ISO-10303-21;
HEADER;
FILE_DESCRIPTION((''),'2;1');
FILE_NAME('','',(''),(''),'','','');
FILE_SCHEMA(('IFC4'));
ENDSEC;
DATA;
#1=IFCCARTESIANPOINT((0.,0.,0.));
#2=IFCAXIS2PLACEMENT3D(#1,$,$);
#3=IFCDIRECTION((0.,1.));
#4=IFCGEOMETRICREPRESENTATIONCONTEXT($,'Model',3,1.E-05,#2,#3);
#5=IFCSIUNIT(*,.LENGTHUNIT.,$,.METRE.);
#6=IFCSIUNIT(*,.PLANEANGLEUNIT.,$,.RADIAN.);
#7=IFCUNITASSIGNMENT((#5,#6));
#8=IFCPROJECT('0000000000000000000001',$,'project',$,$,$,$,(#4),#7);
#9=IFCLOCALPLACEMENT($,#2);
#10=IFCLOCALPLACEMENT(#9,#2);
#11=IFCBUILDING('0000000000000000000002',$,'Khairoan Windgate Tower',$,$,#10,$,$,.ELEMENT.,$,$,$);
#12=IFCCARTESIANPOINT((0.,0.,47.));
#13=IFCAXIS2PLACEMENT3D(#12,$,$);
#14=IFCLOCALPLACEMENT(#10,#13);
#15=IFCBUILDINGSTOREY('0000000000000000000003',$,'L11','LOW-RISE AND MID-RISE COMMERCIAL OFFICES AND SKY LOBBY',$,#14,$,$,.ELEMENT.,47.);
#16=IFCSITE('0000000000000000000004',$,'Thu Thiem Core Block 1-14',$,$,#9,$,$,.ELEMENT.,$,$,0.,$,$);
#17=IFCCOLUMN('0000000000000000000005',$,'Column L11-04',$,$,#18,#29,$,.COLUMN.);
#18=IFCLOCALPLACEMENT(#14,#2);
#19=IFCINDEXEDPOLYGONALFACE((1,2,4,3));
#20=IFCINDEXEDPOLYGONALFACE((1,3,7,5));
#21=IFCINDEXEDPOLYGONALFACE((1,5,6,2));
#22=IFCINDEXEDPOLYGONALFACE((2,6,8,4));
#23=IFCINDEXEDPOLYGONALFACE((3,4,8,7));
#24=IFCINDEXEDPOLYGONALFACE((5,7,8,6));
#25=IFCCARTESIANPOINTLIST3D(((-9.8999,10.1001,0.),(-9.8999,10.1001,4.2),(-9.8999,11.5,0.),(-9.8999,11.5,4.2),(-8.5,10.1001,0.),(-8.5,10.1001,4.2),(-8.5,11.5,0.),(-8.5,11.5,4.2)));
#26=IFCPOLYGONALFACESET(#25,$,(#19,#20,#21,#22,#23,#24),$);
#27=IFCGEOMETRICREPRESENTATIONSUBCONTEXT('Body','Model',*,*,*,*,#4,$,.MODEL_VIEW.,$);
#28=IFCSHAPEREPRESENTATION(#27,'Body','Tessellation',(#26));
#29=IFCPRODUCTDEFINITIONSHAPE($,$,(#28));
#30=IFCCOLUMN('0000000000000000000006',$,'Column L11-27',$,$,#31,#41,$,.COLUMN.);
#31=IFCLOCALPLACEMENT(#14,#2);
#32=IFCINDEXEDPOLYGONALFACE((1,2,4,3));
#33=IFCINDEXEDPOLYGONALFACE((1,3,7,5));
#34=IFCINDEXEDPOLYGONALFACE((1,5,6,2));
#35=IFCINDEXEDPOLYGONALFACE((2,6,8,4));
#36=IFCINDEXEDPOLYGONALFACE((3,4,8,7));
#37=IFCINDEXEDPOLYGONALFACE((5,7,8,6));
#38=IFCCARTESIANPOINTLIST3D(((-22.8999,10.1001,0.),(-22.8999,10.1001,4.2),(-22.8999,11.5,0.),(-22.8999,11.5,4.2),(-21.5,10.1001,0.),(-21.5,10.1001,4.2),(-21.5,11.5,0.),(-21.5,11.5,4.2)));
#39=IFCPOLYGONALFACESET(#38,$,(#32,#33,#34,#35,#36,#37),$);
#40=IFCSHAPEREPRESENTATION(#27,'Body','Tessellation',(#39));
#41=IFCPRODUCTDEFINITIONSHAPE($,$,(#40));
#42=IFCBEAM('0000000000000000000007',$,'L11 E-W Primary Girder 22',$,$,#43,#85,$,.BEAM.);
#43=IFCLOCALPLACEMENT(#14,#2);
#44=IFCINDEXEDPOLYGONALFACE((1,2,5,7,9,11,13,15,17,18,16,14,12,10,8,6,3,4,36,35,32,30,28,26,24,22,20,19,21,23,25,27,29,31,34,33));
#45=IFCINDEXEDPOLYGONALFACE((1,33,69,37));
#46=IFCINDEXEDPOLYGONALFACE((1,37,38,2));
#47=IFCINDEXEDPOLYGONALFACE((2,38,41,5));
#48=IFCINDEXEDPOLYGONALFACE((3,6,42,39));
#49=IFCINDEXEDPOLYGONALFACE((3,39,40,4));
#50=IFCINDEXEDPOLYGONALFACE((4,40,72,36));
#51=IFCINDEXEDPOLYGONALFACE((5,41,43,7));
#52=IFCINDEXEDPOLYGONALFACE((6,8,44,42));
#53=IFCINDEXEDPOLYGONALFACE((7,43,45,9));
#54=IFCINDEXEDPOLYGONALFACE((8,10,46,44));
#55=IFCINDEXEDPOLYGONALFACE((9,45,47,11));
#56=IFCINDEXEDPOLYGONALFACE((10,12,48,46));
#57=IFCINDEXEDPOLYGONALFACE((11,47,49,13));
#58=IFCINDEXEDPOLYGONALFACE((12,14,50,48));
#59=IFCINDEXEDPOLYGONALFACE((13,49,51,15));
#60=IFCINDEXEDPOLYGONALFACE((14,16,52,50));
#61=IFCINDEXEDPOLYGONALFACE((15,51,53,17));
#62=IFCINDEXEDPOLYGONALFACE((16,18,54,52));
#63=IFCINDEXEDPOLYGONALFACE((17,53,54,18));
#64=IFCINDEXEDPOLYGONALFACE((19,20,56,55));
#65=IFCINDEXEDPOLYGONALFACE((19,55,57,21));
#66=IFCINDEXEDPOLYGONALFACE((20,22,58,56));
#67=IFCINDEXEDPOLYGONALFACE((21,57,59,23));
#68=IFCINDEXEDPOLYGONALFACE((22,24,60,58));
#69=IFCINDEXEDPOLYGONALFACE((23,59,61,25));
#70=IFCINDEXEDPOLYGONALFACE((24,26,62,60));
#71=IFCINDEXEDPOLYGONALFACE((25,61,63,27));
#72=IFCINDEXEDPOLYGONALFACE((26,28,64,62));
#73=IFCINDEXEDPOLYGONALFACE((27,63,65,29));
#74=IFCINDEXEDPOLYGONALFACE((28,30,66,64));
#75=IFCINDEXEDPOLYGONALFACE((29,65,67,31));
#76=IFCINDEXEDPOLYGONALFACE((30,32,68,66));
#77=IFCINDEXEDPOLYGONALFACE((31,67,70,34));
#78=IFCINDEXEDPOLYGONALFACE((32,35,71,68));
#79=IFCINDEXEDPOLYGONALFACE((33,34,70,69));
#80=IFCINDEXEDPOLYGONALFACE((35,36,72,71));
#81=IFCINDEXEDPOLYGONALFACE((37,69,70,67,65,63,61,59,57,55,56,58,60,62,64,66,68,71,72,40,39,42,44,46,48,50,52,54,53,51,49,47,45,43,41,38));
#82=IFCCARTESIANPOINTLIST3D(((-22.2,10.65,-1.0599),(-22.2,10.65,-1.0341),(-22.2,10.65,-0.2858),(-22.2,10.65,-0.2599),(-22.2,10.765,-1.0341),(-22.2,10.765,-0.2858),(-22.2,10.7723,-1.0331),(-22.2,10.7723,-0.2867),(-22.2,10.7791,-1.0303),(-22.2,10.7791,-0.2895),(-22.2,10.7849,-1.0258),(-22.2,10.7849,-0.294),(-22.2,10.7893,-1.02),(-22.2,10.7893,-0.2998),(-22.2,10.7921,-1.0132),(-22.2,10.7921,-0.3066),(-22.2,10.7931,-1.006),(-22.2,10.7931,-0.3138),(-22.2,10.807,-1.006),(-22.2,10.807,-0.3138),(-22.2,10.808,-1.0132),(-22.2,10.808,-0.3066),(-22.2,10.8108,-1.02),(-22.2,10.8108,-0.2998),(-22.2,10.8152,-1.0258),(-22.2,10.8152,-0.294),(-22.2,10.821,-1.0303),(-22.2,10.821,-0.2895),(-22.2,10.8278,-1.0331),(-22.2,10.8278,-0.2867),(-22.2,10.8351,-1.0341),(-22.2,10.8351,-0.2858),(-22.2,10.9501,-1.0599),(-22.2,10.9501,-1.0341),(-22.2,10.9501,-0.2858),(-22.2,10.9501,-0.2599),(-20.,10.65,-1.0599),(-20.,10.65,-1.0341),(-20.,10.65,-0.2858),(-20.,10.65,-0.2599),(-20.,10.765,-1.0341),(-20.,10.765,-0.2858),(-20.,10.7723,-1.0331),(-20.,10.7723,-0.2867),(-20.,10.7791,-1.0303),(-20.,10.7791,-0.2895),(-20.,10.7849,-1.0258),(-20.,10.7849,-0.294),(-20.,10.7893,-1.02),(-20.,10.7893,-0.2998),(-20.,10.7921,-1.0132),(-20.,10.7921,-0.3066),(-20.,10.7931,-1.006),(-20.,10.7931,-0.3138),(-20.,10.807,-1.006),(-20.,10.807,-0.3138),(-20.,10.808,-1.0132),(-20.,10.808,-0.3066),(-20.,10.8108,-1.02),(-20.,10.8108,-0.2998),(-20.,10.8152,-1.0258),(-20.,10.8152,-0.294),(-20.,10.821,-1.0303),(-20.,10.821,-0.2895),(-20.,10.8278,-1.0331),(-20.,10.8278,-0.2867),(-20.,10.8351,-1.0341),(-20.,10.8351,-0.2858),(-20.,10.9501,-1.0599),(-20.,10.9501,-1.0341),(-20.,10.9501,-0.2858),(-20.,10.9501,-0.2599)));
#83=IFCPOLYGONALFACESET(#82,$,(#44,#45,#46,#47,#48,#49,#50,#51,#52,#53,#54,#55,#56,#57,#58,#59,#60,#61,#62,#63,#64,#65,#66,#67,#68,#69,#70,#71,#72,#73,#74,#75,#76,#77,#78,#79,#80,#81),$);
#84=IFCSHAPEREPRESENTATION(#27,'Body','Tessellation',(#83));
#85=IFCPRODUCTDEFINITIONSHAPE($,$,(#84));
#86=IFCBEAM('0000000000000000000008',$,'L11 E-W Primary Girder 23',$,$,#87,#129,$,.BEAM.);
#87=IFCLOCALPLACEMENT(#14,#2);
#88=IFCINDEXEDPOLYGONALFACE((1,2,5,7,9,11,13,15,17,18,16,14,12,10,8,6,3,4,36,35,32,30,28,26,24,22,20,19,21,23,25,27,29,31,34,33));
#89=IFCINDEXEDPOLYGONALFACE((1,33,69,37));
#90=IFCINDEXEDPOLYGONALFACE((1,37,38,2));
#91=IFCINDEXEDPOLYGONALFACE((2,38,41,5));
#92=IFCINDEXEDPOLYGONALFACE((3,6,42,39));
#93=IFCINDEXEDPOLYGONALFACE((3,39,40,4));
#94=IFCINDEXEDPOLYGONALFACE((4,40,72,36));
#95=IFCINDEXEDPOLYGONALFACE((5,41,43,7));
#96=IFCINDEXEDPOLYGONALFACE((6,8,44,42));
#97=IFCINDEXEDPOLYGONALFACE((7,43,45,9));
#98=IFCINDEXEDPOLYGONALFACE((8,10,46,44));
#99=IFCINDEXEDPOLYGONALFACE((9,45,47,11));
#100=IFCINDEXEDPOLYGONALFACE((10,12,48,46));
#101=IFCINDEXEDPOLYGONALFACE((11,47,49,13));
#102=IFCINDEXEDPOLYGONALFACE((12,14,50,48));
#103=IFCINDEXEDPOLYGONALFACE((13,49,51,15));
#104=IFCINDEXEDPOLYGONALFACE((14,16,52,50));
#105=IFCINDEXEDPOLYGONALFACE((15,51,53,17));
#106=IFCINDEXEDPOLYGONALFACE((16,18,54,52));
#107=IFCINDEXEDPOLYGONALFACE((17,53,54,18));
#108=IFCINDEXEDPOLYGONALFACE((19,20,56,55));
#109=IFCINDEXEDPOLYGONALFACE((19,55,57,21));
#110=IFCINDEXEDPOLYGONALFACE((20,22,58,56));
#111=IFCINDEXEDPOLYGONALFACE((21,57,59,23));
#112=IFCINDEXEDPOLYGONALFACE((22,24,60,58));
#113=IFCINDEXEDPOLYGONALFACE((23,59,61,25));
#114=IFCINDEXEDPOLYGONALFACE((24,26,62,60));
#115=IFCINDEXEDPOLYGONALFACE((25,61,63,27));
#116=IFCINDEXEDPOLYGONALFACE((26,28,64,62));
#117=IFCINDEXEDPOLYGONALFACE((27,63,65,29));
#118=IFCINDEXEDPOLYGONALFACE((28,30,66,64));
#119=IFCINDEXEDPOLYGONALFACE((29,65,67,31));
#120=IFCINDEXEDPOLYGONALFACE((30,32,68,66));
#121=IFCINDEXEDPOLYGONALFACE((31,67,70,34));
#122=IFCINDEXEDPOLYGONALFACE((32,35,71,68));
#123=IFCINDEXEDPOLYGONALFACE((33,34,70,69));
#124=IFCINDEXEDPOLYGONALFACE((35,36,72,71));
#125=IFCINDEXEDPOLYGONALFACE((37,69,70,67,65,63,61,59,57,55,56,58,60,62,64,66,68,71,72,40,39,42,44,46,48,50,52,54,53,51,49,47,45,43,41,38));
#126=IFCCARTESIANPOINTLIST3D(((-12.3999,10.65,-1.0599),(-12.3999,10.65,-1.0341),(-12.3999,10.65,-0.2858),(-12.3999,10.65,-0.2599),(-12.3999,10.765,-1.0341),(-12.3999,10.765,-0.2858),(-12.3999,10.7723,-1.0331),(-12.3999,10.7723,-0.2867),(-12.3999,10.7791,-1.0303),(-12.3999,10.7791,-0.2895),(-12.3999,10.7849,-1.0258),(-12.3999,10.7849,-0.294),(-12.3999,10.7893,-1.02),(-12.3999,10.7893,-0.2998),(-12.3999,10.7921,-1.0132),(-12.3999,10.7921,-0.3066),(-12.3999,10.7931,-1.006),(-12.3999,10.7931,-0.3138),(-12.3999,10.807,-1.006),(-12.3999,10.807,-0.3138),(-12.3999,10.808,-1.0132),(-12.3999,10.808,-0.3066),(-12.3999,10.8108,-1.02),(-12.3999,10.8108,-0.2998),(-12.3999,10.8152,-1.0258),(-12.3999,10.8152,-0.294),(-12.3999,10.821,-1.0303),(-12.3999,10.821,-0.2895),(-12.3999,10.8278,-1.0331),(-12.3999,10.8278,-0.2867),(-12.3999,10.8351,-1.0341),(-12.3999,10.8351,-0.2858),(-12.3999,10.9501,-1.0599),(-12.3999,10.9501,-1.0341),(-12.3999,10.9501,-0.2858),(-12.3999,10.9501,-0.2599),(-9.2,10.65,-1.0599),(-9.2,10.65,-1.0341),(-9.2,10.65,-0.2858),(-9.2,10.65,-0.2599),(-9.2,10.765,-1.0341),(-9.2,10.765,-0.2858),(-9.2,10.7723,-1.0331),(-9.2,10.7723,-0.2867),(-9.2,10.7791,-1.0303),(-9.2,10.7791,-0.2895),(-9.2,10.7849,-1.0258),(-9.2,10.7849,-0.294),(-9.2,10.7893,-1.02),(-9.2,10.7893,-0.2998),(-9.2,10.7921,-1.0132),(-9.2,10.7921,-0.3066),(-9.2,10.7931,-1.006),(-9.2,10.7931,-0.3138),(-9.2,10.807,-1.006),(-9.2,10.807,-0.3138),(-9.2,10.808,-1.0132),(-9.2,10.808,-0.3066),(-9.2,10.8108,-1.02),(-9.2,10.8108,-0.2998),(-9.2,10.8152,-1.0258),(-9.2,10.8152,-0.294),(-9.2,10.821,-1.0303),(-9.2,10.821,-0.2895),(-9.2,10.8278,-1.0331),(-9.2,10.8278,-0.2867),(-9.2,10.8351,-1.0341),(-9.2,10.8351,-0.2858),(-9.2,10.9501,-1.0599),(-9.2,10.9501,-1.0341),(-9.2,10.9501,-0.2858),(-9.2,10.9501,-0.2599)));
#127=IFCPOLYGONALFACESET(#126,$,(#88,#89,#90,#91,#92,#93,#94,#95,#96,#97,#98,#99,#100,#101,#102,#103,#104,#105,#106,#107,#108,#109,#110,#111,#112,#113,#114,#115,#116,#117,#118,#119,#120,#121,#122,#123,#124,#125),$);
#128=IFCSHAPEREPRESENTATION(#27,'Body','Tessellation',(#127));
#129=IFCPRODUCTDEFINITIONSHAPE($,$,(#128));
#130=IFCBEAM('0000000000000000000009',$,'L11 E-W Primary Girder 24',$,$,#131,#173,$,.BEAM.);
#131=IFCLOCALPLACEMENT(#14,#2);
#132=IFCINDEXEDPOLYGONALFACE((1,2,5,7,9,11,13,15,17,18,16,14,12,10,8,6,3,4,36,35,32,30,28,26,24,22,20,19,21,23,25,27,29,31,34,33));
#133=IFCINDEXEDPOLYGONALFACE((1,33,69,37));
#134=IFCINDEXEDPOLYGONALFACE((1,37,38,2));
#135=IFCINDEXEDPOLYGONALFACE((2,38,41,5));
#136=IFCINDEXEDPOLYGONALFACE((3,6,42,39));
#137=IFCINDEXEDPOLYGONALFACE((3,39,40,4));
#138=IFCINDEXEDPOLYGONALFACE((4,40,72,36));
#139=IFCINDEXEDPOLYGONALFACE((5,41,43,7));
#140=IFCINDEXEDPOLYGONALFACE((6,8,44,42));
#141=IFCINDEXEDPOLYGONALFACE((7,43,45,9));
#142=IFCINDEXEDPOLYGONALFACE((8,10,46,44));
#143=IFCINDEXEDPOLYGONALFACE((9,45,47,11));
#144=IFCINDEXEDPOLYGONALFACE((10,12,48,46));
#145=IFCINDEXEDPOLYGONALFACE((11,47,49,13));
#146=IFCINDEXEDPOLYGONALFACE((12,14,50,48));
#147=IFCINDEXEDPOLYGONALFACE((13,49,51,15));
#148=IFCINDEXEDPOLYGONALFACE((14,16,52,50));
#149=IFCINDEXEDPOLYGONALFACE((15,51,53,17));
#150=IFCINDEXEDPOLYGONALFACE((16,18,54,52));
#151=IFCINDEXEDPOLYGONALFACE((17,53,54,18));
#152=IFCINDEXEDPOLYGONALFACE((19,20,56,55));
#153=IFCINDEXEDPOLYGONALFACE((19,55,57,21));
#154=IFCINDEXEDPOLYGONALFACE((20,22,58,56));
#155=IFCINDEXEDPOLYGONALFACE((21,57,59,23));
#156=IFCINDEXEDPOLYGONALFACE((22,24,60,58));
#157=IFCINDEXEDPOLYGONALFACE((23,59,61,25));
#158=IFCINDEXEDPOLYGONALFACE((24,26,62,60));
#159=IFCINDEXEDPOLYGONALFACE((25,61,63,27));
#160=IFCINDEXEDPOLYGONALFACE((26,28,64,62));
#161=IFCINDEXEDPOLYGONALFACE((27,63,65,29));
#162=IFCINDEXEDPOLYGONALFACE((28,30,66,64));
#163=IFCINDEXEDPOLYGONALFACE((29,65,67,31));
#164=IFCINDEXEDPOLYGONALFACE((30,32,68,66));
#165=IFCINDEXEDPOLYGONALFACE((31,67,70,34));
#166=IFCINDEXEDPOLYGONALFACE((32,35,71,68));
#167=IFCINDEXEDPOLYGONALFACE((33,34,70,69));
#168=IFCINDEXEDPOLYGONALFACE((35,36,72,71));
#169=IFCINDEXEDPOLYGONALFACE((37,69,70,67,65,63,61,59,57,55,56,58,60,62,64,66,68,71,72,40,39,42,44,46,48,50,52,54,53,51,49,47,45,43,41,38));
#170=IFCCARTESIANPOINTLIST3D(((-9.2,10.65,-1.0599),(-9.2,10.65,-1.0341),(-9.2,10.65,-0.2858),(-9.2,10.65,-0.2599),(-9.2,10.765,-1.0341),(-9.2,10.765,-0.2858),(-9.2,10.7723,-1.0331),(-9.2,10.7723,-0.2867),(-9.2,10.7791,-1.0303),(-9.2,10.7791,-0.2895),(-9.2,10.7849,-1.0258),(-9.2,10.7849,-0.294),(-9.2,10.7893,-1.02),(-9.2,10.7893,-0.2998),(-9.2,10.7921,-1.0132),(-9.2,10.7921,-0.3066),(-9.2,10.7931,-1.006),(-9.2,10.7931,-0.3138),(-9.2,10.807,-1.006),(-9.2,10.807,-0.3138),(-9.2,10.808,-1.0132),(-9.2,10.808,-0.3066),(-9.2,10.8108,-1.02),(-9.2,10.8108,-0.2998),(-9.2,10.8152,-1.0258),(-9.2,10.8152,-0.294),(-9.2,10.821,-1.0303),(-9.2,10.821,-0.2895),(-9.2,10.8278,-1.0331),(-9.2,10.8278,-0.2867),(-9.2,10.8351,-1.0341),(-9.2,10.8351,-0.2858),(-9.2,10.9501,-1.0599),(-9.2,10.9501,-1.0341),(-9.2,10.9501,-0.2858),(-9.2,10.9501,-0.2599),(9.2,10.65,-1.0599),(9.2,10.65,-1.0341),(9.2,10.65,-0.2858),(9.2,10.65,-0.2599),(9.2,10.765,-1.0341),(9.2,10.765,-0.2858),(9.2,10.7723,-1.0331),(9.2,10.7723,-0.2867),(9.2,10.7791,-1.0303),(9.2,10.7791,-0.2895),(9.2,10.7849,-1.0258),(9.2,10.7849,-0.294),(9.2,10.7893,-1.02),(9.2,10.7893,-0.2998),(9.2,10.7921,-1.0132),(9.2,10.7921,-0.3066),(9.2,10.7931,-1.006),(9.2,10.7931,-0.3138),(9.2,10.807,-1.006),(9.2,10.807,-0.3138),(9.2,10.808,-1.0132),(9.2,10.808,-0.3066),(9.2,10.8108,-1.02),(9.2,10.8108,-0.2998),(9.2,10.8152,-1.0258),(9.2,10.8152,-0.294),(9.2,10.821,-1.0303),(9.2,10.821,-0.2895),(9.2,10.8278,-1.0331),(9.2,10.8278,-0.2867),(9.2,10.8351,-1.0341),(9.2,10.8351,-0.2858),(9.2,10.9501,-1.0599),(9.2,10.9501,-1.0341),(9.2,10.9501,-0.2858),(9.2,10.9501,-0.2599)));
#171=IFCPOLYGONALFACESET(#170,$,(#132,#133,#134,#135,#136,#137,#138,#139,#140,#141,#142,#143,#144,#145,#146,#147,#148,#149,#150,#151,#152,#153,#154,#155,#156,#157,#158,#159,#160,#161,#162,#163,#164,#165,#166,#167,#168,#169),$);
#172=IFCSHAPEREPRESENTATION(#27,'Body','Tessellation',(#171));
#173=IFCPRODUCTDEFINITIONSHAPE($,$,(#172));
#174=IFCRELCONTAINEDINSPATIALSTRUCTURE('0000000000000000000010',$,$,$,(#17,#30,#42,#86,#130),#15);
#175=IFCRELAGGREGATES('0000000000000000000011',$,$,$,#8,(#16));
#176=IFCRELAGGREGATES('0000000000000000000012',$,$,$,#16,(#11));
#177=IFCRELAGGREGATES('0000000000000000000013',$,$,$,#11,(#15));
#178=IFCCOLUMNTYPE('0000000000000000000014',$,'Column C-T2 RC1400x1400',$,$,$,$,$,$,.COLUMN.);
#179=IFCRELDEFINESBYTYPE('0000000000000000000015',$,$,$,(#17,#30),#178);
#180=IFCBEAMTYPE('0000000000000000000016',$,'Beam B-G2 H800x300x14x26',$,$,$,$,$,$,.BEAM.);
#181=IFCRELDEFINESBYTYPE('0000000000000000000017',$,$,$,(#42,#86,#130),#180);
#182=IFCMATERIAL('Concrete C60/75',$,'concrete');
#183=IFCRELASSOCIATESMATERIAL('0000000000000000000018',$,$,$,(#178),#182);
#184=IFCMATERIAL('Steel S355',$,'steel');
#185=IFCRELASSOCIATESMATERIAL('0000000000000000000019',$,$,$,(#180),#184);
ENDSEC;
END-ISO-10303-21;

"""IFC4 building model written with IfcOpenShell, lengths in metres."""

from ifc_helpers import new_model, si_unit, direction, frame, origin, origin_2d, place, context, subcontext, project, spatial, rectangle, i_section, extrude, material, material_profile, profile_set, type_object, element, save


model = new_model("IFC4")

# Units and contexts
model_context = context("Model", 3, precision=1e-05, world=origin(), true_north=direction((0.0, 1.0)))
body_context = subcontext(model_context, "Body", "Model", "MODEL_VIEW")
ifc_project = project(units=[si_unit("LENGTHUNIT", "METRE"), si_unit("PLANEANGLEUNIT", "RADIAN")], contexts=[model_context])

# Site, building, storey
site_placement = place(None, origin())
site = spatial("IfcSite", under=ifc_project, at=site_placement, Name="Thu Thiem Core Block 1-14", CompositionType="ELEMENT", RefElevation=0.0)
building_placement = place(site_placement, origin())
building = spatial("IfcBuilding", under=site, at=building_placement, Name="Khairoan Windgate Tower", CompositionType="ELEMENT")
storey_placement = place(building_placement, frame((0.0, 0.0, 47.0)))
storey = spatial("IfcBuildingStorey", under=building, at=storey_placement, Name="L11", Description="LOW-RISE AND MID-RISE COMMERCIAL OFFICES AND SKY LOBBY", CompositionType="ELEMENT", Elevation=47.0)

# Columns
ifc_material_1 = material(Name="Concrete C60/75", Category="concrete")
ifc_material_profile_1 = material_profile(ifc_material_1, rectangle(XDim=1.3999, YDim=1.3999, at=origin_2d()))
ifc_profile_set_1 = profile_set([ifc_material_profile_1], Name="Concrete C60/75")
column_type = type_object("IfcColumnType", Name="Column C-T2 RC1400x1400", PredefinedType="COLUMN", material=ifc_profile_set_1)
for number, where, z_axis, x_axis, name in (
    (1, (-9.2, 10.8, 0.0), (0.0, 0.0, 1.0), (1.0, 0.0, 0.0), "Column L11-04"),
    (2, (-22.2, 10.8, 0.0), (0.0, 0.0, 1.0), (1.0, 0.0, 0.0), "Column L11-27"),
):
    element("IfcColumn", number, at=place(storey_placement, frame(where, z_axis=z_axis, x_axis=x_axis)), inside=storey, type_object=column_type, Name=name, PredefinedType="COLUMN", context=body_context, shape_type="SweptSolid", body=[
        extrude(rectangle(XDim=1.3999, YDim=1.3999, at=origin_2d()), origin(), (0.0, 0.0, 1.0), 4.2),
    ])

# Beams
ifc_material_2 = material(Name="Steel S355", Category="steel")
ifc_material_profile_2 = material_profile(ifc_material_2, i_section(OverallWidth=0.3, OverallDepth=0.8, WebThickness=0.0139, FlangeThickness=0.0259, FilletRadius=0.0281, at=origin_2d()))
ifc_profile_set_2 = profile_set([ifc_material_profile_2], Name="Steel S355")
beam_type = type_object("IfcBeamType", Name="Beam B-G2 H800x300x14x26", PredefinedType="BEAM", material=ifc_profile_set_2)
beam_1_placement = place(storey_placement, frame((-22.2, 10.8, -0.6599), z_axis=(1.0, 0.0, 0.0), x_axis=(0.0, 1.0, 0.0)))
element("IfcBeam", 3, at=beam_1_placement, inside=storey, type_object=beam_type, Name="L11 E-W Primary Girder 22", PredefinedType="BEAM", context=body_context, shape_type="SweptSolid", body=[
    extrude(i_section(OverallWidth=0.3, OverallDepth=0.8, WebThickness=0.0139, FlangeThickness=0.0259, FilletRadius=0.0281, at=origin_2d()), origin(), (0.0, 0.0, 1.0), 2.2),
])
beam_2_placement = place(storey_placement, frame((-12.3999, 10.8, -0.6599), z_axis=(1.0, 0.0, 0.0), x_axis=(0.0, 1.0, 0.0)))
element("IfcBeam", 4, at=beam_2_placement, inside=storey, type_object=beam_type, Name="L11 E-W Primary Girder 23", PredefinedType="BEAM", context=body_context, shape_type="SweptSolid", body=[
    extrude(i_section(OverallWidth=0.3, OverallDepth=0.8, WebThickness=0.0139, FlangeThickness=0.0259, FilletRadius=0.0281, at=origin_2d()), origin(), (0.0, 0.0, 1.0), 3.2),
])
beam_3_placement = place(storey_placement, frame((-9.2, 10.8, -0.6599), z_axis=(1.0, 0.0, 0.0), x_axis=(0.0, 1.0, 0.0)))
element("IfcBeam", 5, at=beam_3_placement, inside=storey, type_object=beam_type, Name="L11 E-W Primary Girder 24", PredefinedType="BEAM", context=body_context, shape_type="SweptSolid", body=[
    extrude(i_section(OverallWidth=0.3, OverallDepth=0.8, WebThickness=0.0139, FlangeThickness=0.0259, FilletRadius=0.0281, at=origin_2d()), origin(), (0.0, 0.0, 1.0), 18.3999),
])

save(model, "model.ifc")
